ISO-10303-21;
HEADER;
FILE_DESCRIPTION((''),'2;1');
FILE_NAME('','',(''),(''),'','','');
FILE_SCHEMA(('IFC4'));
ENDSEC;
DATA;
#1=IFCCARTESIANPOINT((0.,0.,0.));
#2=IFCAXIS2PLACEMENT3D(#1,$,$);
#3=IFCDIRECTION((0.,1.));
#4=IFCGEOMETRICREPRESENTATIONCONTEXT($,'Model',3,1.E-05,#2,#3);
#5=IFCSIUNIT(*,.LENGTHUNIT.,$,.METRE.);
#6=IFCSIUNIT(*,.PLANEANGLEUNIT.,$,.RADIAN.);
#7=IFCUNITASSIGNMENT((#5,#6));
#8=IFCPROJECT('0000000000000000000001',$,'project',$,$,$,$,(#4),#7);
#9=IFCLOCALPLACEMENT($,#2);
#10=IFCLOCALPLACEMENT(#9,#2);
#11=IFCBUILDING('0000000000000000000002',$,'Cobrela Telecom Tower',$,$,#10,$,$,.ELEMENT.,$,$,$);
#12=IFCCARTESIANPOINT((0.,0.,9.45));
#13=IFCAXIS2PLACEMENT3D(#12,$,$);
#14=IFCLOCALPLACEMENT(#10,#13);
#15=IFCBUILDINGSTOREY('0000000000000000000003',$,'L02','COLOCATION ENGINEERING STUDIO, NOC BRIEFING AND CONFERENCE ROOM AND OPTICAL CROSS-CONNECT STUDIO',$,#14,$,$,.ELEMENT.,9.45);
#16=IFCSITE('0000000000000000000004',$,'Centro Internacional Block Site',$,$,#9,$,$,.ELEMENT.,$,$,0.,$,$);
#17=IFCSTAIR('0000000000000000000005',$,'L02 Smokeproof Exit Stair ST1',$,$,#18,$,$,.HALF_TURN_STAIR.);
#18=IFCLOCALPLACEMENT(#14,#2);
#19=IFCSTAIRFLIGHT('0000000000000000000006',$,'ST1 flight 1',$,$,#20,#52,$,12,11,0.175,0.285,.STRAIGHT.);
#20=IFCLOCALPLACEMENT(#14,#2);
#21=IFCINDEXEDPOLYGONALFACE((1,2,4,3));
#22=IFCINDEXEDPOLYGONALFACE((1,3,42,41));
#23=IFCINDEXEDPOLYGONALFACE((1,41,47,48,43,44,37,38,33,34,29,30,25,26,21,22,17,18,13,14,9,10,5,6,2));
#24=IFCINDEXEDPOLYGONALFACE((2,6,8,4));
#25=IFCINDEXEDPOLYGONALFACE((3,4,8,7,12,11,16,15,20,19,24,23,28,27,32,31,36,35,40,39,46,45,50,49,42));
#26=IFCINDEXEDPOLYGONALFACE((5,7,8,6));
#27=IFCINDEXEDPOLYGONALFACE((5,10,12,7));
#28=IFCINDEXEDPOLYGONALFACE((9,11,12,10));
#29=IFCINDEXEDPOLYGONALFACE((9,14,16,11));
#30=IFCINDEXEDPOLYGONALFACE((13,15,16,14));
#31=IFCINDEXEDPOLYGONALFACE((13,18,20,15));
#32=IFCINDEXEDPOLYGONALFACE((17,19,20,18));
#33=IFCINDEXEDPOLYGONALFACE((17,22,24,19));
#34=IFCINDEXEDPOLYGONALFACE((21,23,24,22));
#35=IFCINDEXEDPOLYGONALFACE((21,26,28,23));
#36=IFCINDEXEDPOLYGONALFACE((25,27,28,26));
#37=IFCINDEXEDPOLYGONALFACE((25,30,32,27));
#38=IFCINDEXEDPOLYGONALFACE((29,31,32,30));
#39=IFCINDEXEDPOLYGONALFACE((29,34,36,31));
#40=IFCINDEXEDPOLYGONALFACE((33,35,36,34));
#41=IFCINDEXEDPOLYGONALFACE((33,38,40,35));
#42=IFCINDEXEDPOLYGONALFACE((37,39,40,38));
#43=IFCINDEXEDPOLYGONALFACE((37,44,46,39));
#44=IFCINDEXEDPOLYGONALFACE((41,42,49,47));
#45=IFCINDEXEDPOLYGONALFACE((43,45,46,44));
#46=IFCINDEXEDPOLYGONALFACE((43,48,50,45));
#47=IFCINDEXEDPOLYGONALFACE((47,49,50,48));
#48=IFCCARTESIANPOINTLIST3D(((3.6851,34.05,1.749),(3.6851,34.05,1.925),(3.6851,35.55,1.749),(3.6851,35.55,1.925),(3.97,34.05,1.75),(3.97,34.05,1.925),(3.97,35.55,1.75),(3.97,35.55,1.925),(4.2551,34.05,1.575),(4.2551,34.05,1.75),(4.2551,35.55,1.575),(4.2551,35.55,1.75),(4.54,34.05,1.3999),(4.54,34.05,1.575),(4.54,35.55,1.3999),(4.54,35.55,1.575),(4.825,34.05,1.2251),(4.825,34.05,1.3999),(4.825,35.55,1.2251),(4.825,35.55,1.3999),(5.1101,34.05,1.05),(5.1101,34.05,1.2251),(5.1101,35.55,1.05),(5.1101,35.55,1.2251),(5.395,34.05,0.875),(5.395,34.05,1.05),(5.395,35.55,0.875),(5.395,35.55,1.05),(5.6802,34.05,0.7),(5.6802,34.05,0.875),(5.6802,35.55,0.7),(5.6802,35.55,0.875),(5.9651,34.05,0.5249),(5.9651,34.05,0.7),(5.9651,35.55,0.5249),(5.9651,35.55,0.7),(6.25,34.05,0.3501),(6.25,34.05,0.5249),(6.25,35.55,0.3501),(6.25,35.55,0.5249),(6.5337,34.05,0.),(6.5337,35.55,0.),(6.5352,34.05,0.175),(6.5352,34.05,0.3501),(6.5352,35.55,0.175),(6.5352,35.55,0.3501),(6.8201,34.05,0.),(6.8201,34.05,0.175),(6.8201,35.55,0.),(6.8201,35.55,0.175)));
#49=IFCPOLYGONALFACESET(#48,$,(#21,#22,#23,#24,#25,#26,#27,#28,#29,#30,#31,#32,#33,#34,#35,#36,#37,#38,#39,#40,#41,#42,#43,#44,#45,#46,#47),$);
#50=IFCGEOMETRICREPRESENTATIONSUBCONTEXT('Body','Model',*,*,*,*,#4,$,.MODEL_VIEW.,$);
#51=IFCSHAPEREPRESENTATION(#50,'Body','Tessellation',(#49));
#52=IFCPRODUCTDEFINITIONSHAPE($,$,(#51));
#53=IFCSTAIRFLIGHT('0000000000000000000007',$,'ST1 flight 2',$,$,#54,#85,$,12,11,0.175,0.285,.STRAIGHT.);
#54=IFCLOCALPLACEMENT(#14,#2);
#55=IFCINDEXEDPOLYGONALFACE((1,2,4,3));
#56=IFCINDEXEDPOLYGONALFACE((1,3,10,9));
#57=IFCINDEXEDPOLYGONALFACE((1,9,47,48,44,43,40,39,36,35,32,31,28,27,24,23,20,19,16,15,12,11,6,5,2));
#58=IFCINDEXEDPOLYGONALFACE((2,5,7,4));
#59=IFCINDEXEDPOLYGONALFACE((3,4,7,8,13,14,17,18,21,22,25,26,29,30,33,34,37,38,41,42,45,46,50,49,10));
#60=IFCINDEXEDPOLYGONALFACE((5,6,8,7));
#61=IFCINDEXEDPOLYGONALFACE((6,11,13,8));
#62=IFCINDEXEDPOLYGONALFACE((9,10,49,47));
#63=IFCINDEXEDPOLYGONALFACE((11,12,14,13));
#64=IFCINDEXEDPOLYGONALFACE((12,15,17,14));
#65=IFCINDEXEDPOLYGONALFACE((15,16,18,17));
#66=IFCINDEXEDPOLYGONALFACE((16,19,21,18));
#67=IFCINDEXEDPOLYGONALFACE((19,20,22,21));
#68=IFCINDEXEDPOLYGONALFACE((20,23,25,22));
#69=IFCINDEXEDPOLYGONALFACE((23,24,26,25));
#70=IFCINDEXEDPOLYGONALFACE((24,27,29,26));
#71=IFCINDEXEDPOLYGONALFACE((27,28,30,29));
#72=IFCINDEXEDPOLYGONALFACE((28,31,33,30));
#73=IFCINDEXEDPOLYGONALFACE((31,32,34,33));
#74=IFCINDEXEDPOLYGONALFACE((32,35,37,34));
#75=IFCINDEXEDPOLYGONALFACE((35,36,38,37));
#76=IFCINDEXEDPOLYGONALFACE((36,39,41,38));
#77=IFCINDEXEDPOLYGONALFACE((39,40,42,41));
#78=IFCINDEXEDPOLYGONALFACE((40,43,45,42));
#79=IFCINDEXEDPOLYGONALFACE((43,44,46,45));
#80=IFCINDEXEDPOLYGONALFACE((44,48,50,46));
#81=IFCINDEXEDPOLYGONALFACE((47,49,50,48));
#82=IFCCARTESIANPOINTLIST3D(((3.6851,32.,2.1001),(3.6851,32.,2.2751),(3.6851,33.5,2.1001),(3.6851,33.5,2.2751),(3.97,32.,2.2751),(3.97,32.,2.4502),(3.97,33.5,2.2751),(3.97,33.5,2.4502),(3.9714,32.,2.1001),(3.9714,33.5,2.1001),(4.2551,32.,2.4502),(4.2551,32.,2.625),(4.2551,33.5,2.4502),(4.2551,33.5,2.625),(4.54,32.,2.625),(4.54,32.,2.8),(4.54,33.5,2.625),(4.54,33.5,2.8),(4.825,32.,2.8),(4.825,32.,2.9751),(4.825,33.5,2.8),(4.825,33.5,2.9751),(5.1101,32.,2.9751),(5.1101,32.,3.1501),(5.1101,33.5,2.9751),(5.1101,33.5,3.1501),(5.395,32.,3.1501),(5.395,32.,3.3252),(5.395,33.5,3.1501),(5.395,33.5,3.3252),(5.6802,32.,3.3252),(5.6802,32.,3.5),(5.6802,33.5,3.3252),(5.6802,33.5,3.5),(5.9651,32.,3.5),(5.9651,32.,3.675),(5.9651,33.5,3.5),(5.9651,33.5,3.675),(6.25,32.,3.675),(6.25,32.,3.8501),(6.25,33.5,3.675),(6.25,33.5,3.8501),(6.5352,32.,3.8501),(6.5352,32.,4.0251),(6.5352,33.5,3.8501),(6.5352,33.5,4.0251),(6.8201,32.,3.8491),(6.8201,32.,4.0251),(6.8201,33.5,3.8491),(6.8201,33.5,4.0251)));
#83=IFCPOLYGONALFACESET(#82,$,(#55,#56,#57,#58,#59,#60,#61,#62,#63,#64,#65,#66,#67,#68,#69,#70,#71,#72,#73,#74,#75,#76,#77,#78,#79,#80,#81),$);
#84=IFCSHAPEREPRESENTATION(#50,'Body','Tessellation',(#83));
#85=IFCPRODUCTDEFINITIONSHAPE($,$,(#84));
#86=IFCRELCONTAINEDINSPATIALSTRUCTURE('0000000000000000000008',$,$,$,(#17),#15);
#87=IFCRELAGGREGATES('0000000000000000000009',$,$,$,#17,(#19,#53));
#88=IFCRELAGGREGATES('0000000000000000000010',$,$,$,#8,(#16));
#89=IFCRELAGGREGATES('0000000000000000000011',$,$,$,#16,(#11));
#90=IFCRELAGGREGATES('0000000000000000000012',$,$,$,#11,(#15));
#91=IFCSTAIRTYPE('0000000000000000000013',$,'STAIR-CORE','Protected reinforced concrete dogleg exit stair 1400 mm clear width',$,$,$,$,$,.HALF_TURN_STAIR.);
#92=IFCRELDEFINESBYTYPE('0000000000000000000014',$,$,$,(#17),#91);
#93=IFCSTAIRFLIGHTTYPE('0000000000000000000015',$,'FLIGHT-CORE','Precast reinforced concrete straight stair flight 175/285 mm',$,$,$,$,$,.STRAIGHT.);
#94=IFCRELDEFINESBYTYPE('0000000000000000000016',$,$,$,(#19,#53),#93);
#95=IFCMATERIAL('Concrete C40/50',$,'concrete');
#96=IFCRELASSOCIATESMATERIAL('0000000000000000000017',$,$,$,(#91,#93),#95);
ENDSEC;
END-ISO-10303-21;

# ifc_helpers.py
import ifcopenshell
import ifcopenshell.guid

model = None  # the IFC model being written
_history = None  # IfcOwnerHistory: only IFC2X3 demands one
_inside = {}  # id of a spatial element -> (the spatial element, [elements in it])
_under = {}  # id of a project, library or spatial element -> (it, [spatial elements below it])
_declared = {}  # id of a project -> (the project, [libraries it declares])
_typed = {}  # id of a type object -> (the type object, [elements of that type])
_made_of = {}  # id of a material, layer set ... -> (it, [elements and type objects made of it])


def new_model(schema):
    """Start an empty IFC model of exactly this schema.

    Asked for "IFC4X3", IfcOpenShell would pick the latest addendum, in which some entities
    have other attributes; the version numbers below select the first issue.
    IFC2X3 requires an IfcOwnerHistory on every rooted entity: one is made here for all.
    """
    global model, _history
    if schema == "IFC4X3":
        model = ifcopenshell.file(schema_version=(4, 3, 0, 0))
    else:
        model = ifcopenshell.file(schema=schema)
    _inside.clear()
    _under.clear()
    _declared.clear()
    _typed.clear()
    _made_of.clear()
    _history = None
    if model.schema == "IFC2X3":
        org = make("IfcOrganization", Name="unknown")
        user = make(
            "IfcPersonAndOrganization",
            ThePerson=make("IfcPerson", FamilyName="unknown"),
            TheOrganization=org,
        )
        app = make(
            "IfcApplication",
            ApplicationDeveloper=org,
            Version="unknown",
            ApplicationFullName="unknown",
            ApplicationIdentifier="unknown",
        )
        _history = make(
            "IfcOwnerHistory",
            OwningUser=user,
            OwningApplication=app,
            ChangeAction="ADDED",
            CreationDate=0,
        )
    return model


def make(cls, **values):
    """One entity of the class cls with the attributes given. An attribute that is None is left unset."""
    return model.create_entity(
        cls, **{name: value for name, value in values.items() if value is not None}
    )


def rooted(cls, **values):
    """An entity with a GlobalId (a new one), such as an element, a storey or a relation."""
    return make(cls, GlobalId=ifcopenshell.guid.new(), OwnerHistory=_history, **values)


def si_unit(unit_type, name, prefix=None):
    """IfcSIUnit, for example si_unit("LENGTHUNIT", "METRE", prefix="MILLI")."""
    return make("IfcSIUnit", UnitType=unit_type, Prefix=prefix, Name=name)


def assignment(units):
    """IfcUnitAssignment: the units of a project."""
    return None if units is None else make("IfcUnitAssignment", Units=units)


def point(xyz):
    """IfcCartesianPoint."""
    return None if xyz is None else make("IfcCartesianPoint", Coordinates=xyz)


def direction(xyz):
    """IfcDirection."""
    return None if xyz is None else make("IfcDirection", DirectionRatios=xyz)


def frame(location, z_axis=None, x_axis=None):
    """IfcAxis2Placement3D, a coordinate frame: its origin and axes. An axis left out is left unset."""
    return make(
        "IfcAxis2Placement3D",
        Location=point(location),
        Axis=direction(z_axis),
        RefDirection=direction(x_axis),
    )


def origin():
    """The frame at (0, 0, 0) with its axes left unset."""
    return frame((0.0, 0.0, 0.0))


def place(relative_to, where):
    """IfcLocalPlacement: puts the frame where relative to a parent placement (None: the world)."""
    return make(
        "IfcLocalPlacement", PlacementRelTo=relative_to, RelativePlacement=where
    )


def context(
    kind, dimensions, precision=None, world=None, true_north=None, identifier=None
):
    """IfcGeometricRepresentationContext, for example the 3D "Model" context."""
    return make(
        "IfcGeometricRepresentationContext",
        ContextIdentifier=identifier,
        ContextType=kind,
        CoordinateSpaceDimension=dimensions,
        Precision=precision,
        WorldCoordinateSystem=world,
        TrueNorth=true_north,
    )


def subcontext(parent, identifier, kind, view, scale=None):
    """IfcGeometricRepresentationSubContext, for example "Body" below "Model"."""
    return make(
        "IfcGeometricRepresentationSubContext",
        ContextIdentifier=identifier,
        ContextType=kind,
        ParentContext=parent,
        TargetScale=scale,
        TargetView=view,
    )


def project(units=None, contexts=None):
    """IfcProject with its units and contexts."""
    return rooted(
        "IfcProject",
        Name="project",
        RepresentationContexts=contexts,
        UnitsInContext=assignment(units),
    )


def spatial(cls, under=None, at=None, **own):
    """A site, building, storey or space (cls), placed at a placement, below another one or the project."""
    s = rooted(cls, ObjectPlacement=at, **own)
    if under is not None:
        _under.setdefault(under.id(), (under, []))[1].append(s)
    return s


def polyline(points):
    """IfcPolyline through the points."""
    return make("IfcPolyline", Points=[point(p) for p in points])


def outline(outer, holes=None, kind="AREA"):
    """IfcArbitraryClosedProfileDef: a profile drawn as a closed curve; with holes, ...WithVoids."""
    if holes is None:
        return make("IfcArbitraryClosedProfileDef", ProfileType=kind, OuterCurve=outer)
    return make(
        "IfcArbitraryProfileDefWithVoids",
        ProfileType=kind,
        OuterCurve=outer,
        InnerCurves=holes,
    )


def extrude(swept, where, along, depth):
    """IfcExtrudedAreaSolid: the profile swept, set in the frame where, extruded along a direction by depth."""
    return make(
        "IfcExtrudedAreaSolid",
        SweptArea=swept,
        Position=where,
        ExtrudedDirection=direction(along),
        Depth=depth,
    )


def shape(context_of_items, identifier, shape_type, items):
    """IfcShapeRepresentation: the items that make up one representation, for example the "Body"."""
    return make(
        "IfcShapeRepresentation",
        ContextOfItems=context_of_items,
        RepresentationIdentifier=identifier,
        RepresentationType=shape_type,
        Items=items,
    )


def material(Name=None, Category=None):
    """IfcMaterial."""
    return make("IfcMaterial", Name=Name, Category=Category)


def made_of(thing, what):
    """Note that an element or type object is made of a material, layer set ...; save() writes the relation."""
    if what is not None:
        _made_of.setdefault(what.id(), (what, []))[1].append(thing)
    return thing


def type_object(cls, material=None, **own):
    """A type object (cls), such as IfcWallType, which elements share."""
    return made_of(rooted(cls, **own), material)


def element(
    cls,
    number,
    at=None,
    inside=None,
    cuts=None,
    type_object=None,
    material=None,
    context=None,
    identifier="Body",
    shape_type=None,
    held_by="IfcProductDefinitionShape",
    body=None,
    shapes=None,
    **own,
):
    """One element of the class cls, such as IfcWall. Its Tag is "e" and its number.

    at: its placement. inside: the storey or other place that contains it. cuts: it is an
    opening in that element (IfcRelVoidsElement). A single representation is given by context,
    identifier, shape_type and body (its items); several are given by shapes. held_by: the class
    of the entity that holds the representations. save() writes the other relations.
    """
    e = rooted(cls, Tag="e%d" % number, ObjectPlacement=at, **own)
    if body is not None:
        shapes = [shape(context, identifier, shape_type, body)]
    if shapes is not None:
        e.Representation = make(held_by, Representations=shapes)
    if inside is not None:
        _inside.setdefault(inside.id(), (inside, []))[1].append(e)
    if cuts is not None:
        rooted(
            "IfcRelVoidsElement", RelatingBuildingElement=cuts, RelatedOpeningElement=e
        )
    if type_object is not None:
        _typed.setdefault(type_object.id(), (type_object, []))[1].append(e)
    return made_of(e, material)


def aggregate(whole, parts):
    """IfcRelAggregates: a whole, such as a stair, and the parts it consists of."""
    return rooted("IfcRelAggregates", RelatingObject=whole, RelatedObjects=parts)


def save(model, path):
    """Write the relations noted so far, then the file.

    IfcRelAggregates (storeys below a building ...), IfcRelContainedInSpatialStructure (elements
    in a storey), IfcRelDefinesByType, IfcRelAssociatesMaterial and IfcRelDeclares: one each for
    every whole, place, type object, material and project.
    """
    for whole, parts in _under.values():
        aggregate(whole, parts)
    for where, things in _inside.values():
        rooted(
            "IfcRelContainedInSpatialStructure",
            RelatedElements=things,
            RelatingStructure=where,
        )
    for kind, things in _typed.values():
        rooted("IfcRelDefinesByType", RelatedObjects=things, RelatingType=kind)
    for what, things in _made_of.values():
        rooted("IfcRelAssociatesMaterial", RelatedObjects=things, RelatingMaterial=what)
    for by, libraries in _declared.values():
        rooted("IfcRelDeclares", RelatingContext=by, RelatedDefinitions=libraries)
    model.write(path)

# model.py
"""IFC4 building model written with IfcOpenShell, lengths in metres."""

from ifc_helpers import new_model, si_unit, direction, frame, origin, place, context, subcontext, project, spatial, polyline, outline, extrude, material, type_object, element, aggregate, save


model = new_model("IFC4")

# Units and contexts
model_context = context("Model", 3, precision=1e-05, world=origin(), true_north=direction((0.0, 1.0)))
body_context = subcontext(model_context, "Body", "Model", "MODEL_VIEW")
ifc_project = project(units=[si_unit("LENGTHUNIT", "METRE"), si_unit("PLANEANGLEUNIT", "RADIAN")], contexts=[model_context])

# Site, building, storey
site_placement = place(None, origin())
site = spatial("IfcSite", under=ifc_project, at=site_placement, Name="Centro Internacional Block Site", CompositionType="ELEMENT", RefElevation=0.0)
building_placement = place(site_placement, origin())
building = spatial("IfcBuilding", under=site, at=building_placement, Name="Cobrela Telecom Tower", CompositionType="ELEMENT")
storey_placement = place(building_placement, frame((0.0, 0.0, 9.45)))
storey = spatial("IfcBuildingStorey", under=building, at=storey_placement, Name="L02", Description="COLOCATION ENGINEERING STUDIO, NOC BRIEFING AND CONFERENCE ROOM AND OPTICAL CROSS-CONNECT STUDIO", CompositionType="ELEMENT", Elevation=9.45)

# Shared definitions
ifc_material_1 = material(Name="Concrete C40/50", Category="concrete")

# Stair, stair flights
stair_type = type_object("IfcStairType", Name="STAIR-CORE", Description="Protected reinforced concrete dogleg exit stair 1400 mm clear width", PredefinedType="HALF_TURN_STAIR", material=ifc_material_1)
stair_placement = place(storey_placement, origin())
stair = element("IfcStair", 1, at=stair_placement, inside=storey, type_object=stair_type, Name="L02 Smokeproof Exit Stair ST1", PredefinedType="HALF_TURN_STAIR")
stair_flight_type = type_object("IfcStairFlightType", Name="FLIGHT-CORE", Description="Precast reinforced concrete straight stair flight 175/285 mm", PredefinedType="STRAIGHT", material=ifc_material_1)
stair_flight_1_placement = place(storey_placement, frame((6.8201, 34.8, 0.0), z_axis=(0.0, 0.0, 1.0), x_axis=(-1.0, 0.0, 0.0)))
stair_flight_1 = element("IfcStairFlight", 2, at=stair_flight_1_placement, type_object=stair_flight_type, Name="ST1 flight 1", NumberOfRisers=12, NumberOfTreads=11, PredefinedType="STRAIGHT", RiserHeight=0.175, TreadLength=0.285, context=body_context, shape_type="SweptSolid", body=[
    extrude(outline(polyline([(0.0, 0.0), (0.0, 0.175), (0.2849, 0.175), (0.2849, 0.3501), (0.5701, 0.3501), (0.5701, 0.5249), (0.855, 0.5249), (0.855, 0.7), (1.1399, 0.7), (1.1399, 0.875), (1.425, 0.875), (1.425, 1.05), (1.71, 1.05), (1.71, 1.2251), (1.9951, 1.2251), (1.9951, 1.3999), (2.28, 1.3999), (2.28, 1.575), (2.5649, 1.575), (2.5649, 1.75), (2.8501, 1.75), (2.8501, 1.925), (3.135, 1.925), (3.135, 2.1001), (3.135, 1.749), (0.2864, 0.0), (0.0, 0.0)])), frame((0.0, 0.75, 0.0), z_axis=(0.0, -1.0, 0.0), x_axis=(1.0, 0.0, 0.0)), (0.0, 0.0, 1.0), 1.5),
])
stair_flight_2_placement = place(storey_placement, frame((3.6851, 32.75, 2.1001), z_axis=(0.0, 0.0, 1.0), x_axis=(1.0, 0.0, 0.0)))
stair_flight_2 = element("IfcStairFlight", 3, at=stair_flight_2_placement, type_object=stair_flight_type, Name="ST1 flight 2", NumberOfRisers=12, NumberOfTreads=11, PredefinedType="STRAIGHT", RiserHeight=0.175, TreadLength=0.285, context=body_context, shape_type="SweptSolid", body=[
    extrude(outline(polyline([(0.0, 0.0), (0.0, 0.175), (0.2849, 0.175), (0.2849, 0.3501), (0.5701, 0.3501), (0.5701, 0.5249), (0.855, 0.5249), (0.855, 0.7), (1.1399, 0.7), (1.1399, 0.875), (1.425, 0.875), (1.425, 1.05), (1.71, 1.05), (1.71, 1.2251), (1.9951, 1.2251), (1.9951, 1.3999), (2.28, 1.3999), (2.28, 1.575), (2.5649, 1.575), (2.5649, 1.75), (2.8501, 1.75), (2.8501, 1.925), (3.135, 1.925), (3.135, 2.1001), (3.135, 1.749), (0.2864, 0.0), (0.0, 0.0)])), frame((0.0, 0.75, 0.0), z_axis=(0.0, -1.0, 0.0), x_axis=(1.0, 0.0, 0.0)), (0.0, 0.0, 1.0), 1.5),
])
aggregate(stair, [stair_flight_1, stair_flight_2])

save(model, "model.ifc")
